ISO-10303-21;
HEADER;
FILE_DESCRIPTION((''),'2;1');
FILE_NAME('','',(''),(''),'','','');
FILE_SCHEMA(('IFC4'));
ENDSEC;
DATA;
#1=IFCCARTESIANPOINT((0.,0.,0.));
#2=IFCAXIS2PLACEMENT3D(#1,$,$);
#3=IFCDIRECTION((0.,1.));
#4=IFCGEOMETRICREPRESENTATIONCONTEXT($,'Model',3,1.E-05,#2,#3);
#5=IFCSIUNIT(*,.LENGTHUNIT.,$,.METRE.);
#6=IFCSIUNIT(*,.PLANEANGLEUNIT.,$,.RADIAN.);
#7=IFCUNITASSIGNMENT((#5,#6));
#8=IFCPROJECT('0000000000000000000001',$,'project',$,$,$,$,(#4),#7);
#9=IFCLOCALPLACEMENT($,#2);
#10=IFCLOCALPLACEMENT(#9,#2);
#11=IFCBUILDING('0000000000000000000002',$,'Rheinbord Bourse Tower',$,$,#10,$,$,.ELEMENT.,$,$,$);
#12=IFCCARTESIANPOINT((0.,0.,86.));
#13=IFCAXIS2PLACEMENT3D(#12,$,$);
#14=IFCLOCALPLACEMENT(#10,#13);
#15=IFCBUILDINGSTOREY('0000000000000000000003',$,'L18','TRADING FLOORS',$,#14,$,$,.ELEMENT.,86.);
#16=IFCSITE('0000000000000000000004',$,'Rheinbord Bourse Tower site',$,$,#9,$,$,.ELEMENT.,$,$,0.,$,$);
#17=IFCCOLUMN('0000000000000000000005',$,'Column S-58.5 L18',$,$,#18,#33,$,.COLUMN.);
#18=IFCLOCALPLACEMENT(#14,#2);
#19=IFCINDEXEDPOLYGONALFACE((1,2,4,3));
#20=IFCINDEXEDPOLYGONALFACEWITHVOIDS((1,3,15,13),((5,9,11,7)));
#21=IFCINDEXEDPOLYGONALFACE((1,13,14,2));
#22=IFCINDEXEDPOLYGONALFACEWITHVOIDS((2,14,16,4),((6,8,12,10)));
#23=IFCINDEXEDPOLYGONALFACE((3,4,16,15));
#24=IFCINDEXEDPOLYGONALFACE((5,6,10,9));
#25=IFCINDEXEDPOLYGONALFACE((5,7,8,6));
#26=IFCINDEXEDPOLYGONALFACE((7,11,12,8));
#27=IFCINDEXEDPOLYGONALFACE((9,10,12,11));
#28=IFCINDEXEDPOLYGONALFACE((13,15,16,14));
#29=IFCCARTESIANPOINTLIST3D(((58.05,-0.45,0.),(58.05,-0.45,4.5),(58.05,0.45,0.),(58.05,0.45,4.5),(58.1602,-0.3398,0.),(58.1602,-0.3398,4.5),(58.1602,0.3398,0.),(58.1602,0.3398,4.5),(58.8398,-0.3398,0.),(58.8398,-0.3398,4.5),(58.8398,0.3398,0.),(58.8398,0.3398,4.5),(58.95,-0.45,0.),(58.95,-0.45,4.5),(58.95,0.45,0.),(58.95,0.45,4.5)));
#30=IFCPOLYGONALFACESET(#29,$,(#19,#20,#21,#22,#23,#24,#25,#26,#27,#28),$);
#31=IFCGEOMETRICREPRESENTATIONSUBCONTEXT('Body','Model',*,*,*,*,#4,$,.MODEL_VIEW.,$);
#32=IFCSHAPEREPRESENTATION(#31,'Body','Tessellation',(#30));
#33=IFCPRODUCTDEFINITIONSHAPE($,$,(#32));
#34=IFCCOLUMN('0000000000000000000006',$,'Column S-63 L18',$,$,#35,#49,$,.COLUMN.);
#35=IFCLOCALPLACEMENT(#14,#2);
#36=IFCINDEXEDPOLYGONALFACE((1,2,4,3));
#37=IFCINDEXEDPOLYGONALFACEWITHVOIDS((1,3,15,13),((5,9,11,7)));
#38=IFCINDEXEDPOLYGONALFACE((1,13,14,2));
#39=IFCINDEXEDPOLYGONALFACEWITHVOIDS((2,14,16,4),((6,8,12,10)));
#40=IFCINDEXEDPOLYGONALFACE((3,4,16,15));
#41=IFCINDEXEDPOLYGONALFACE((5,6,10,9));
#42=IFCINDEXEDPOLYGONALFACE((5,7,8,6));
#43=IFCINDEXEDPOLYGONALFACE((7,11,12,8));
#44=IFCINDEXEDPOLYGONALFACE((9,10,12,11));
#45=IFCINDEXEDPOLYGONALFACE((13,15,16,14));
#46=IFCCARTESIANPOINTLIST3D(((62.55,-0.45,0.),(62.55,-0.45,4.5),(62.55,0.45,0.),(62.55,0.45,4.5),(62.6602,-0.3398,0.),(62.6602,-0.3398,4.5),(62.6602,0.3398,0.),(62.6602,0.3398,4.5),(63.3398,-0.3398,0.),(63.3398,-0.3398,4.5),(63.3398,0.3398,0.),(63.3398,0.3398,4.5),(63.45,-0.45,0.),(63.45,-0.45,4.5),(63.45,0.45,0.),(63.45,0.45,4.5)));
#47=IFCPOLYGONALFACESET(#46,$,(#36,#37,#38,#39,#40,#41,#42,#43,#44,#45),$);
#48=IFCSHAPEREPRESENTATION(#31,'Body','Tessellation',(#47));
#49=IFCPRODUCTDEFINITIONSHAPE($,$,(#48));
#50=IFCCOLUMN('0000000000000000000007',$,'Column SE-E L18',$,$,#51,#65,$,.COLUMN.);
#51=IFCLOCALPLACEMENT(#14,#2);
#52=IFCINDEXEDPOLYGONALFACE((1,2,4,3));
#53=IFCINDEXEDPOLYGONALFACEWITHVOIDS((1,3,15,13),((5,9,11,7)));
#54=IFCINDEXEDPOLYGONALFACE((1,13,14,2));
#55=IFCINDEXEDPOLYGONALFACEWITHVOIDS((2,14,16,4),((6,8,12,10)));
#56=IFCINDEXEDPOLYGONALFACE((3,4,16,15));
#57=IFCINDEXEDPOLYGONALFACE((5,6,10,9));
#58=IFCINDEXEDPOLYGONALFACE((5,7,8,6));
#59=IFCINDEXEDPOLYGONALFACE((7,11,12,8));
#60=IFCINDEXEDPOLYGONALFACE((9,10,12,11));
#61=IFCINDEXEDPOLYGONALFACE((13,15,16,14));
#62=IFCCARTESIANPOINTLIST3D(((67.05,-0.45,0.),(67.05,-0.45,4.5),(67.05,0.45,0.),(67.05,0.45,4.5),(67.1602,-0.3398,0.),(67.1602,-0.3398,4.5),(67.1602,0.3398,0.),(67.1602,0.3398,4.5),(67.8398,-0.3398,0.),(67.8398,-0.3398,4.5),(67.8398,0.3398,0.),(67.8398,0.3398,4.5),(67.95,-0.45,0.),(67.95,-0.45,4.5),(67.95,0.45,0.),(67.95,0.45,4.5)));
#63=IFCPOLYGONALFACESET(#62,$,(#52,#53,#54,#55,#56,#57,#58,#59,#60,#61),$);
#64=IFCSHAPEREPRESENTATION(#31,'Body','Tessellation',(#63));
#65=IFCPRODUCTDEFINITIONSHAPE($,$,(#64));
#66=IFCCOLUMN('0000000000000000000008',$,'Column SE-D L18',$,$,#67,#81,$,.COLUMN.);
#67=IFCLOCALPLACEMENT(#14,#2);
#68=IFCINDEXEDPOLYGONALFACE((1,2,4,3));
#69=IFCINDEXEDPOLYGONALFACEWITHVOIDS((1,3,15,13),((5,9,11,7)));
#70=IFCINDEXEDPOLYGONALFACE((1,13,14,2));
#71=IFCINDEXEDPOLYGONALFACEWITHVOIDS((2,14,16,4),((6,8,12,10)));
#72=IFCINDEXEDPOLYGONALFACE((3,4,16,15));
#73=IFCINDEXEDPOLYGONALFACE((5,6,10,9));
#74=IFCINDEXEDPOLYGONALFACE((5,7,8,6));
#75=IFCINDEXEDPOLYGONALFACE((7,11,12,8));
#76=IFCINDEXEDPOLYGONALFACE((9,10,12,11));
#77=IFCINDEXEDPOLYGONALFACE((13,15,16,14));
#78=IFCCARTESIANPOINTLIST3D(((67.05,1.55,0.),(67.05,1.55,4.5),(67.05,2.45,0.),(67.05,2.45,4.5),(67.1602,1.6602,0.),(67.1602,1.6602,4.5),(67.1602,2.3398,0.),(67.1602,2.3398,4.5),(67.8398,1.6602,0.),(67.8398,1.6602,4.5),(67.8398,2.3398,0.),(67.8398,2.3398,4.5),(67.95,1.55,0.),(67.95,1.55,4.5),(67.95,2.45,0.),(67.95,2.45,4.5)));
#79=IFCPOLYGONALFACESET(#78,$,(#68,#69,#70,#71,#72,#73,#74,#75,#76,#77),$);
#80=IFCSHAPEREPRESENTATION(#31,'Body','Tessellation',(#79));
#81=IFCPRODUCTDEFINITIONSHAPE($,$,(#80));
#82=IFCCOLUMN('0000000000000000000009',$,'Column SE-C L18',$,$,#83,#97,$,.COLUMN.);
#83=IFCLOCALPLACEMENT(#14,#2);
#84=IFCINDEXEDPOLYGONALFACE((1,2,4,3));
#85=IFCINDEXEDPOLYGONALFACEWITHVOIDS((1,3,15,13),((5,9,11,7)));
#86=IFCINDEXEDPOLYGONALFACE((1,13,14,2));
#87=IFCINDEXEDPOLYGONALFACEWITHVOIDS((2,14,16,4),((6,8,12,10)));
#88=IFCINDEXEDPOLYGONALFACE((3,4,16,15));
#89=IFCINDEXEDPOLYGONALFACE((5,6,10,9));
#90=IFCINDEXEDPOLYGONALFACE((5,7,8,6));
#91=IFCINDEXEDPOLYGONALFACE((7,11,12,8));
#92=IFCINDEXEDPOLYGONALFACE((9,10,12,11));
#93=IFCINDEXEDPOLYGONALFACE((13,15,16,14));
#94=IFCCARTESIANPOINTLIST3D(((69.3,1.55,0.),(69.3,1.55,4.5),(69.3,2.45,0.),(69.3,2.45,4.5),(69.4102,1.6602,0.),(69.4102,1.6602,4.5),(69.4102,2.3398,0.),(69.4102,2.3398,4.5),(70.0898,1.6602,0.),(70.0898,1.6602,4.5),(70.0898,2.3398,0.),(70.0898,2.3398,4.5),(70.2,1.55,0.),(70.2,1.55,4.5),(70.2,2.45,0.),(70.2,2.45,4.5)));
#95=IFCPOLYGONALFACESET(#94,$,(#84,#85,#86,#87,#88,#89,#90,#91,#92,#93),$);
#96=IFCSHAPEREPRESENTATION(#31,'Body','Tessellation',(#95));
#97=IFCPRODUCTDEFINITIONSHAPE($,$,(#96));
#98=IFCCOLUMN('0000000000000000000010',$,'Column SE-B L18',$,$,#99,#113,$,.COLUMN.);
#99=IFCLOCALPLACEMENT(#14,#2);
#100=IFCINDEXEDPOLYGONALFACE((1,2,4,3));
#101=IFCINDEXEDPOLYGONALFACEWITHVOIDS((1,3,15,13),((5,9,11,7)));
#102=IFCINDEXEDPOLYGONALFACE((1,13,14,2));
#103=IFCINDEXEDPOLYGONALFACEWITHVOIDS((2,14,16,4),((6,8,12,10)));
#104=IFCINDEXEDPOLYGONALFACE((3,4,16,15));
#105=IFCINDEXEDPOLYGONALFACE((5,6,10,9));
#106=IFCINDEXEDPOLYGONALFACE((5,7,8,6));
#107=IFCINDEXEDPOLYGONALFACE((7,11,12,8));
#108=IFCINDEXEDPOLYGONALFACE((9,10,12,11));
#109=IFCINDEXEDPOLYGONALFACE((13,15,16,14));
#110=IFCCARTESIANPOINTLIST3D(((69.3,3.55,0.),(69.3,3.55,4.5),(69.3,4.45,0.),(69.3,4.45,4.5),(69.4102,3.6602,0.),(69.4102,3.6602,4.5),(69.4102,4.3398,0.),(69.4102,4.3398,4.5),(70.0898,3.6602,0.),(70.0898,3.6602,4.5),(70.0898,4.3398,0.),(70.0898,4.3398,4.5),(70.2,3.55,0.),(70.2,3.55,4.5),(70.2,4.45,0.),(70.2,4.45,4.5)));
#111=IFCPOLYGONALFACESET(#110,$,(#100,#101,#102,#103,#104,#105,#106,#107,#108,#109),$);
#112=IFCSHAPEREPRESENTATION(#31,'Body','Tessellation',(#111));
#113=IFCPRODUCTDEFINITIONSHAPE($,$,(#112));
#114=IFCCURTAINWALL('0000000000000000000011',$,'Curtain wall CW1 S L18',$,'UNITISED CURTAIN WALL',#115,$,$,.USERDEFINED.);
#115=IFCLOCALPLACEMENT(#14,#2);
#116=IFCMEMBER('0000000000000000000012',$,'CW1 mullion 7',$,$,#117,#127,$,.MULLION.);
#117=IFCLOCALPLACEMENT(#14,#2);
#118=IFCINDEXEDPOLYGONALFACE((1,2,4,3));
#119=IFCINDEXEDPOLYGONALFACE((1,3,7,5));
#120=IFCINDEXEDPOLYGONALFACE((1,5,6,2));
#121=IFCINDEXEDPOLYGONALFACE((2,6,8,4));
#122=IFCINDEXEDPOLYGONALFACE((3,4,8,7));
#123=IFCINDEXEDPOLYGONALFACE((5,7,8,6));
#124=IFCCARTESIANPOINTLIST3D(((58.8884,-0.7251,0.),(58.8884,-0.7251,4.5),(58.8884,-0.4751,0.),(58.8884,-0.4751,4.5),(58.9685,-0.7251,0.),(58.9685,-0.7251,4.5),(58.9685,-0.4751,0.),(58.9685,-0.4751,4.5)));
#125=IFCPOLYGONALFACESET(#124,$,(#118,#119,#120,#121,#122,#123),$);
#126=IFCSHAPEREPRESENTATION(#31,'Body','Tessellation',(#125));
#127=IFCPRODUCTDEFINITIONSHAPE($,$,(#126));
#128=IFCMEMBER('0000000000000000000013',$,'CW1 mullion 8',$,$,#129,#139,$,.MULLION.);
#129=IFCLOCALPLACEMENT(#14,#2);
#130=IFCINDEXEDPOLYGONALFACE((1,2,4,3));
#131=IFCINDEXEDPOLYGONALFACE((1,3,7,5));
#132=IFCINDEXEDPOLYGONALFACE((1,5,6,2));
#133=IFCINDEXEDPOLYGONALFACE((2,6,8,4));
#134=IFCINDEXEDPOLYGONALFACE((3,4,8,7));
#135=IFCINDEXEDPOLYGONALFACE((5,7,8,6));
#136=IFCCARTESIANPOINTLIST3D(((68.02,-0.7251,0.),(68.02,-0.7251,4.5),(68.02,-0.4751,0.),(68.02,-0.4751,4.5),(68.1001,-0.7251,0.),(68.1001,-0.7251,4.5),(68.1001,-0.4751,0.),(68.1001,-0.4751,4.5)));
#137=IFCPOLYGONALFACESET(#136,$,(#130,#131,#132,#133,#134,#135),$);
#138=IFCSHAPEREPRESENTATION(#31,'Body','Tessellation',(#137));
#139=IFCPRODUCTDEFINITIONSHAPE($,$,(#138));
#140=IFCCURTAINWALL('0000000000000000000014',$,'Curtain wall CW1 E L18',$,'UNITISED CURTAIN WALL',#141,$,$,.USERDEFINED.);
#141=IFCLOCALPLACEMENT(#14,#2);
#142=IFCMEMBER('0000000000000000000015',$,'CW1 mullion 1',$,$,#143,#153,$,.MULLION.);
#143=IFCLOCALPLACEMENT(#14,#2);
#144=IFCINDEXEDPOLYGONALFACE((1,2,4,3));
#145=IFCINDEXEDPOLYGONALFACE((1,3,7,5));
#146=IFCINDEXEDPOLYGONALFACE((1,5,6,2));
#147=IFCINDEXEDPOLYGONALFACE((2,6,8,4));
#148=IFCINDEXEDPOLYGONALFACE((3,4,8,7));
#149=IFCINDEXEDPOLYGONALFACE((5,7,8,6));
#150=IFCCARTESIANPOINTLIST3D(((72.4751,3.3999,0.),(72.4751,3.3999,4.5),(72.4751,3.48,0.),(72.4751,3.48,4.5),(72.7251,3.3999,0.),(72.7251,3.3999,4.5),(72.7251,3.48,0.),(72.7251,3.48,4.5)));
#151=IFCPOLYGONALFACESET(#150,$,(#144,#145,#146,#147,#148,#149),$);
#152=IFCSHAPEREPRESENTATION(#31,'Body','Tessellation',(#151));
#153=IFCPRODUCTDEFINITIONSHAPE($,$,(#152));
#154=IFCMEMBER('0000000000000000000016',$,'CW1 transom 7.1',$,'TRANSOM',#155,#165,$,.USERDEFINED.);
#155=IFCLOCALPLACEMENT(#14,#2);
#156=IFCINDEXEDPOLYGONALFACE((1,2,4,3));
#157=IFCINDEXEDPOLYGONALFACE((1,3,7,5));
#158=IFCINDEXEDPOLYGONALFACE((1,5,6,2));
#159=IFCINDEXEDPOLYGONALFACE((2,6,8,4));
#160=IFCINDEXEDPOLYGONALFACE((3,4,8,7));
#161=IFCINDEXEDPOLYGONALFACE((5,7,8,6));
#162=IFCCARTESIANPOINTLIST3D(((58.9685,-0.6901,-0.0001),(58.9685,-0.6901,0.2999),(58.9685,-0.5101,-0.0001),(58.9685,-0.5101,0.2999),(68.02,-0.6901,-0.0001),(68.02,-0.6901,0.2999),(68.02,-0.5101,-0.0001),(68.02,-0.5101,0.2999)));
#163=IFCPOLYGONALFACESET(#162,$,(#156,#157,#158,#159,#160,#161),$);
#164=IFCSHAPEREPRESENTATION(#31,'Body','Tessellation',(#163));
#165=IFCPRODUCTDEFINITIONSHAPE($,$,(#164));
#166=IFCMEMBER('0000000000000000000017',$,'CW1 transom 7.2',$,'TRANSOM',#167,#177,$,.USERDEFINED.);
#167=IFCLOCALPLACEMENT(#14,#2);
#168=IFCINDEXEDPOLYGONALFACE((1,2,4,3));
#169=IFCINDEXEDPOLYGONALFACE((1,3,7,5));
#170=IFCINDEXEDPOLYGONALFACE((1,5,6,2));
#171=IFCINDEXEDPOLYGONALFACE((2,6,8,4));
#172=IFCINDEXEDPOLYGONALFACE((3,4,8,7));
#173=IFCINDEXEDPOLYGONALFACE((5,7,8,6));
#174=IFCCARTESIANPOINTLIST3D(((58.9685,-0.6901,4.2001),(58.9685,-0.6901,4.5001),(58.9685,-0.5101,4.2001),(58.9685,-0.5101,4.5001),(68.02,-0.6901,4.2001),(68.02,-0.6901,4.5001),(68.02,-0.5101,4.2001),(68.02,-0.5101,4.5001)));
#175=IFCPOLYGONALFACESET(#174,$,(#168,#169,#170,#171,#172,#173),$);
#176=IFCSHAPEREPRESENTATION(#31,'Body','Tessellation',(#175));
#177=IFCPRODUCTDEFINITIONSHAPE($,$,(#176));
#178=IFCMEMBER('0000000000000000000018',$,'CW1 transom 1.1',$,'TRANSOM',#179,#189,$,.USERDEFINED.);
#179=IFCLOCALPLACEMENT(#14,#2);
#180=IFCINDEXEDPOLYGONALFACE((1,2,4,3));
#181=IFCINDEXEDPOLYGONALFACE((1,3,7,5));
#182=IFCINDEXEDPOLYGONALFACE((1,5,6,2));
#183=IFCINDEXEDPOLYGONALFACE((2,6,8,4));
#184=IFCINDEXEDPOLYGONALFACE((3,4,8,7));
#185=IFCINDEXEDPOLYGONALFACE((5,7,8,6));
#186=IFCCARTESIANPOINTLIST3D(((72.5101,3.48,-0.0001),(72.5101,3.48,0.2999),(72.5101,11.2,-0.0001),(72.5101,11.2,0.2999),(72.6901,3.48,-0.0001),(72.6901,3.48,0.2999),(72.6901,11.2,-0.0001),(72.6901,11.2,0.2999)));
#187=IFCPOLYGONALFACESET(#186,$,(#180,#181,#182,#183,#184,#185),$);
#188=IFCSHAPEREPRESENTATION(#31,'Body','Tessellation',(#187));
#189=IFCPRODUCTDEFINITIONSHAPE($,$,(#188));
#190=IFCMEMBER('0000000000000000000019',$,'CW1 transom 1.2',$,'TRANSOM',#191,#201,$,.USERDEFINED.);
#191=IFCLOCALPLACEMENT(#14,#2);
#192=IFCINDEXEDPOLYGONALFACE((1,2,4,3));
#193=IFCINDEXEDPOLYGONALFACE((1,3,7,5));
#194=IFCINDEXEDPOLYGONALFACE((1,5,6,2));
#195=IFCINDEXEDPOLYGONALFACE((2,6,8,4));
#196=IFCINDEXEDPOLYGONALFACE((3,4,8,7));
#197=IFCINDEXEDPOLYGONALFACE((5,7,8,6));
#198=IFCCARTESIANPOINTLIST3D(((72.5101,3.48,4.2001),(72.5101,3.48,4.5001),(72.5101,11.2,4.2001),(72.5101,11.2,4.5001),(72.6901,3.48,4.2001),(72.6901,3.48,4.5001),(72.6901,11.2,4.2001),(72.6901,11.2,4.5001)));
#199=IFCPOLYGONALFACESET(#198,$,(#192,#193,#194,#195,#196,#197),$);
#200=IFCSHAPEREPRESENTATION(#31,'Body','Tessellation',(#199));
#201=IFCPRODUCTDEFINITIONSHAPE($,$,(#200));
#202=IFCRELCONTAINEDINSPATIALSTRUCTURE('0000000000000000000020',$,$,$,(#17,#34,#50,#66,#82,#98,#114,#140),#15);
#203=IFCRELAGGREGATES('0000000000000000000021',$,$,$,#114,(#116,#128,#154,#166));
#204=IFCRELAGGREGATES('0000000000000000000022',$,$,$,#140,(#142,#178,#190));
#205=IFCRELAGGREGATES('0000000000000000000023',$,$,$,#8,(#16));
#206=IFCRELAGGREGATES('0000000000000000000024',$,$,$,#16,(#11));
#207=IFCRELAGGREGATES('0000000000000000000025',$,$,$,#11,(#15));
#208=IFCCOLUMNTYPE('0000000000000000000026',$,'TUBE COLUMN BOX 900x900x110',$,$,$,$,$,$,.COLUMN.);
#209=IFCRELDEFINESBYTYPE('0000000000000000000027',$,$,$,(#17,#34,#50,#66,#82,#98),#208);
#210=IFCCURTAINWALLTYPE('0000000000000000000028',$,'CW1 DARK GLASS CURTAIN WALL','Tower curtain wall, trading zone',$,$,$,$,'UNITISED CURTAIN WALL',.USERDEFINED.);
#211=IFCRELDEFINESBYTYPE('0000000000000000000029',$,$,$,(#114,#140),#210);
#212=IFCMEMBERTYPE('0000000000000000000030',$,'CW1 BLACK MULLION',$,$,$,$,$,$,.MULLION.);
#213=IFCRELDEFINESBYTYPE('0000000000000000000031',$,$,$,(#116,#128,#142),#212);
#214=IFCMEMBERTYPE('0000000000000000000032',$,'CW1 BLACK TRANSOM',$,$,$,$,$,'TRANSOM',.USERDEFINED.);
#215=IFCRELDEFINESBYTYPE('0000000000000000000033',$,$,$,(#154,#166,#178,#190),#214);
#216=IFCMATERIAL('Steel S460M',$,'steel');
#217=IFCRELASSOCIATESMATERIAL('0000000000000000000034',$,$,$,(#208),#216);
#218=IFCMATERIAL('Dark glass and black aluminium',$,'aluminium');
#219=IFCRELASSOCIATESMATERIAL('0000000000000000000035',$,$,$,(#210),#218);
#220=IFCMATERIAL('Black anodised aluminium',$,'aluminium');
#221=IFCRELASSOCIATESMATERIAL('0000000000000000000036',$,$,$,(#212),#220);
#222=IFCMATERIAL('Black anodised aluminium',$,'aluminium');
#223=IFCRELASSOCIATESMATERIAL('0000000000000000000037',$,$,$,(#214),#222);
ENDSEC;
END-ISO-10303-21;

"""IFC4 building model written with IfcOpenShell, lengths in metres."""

from ifc_helpers import new_model, si_unit, direction, frame, origin, origin_2d, place, context, subcontext, project, spatial, rectangle, hollow_rectangle, extrude, material, material_profile, profile_set, type_object, element, aggregate, save


model = new_model("IFC4")

# Units and contexts
model_context = context("Model", 3, precision=1e-05, world=origin(), true_north=direction((0.0, 1.0)))
body_context = subcontext(model_context, "Body", "Model", "MODEL_VIEW")
ifc_project = project(units=[si_unit("LENGTHUNIT", "METRE"), si_unit("PLANEANGLEUNIT", "RADIAN")], contexts=[model_context])

# Site, building, storey
site_placement = place(None, origin())
site = spatial("IfcSite", under=ifc_project, at=site_placement, Name="Rheinbord Bourse Tower site", CompositionType="ELEMENT", RefElevation=0.0)
building_placement = place(site_placement, origin())
building = spatial("IfcBuilding", under=site, at=building_placement, Name="Rheinbord Bourse Tower", CompositionType="ELEMENT")
storey_placement = place(building_placement, frame((0.0, 0.0, 86.0)))
storey = spatial("IfcBuildingStorey", under=building, at=storey_placement, Name="L18", Description="TRADING FLOORS", CompositionType="ELEMENT", Elevation=86.0)

# Columns
ifc_material_1 = material(Name="Steel S460M", Category="steel")
ifc_material_profile_1 = material_profile(ifc_material_1, hollow_rectangle(XDim=0.8999, YDim=0.8999, WallThickness=0.1101, at=origin_2d()), Name="BOX 900x900x110")
ifc_profile_set_1 = profile_set([ifc_material_profile_1], Name="Steel S460M")
column_type = type_object("IfcColumnType", Name="TUBE COLUMN BOX 900x900x110", PredefinedType="COLUMN", material=ifc_profile_set_1)
for number, where, z_axis, x_axis, name in (
    (1, (58.5, 0.0, 0.0), (0.0, 0.0, 1.0), (0.0, 1.0, 0.0), "Column S-58.5 L18"),
    (2, (63.0, 0.0, 0.0), (0.0, 0.0, 1.0), (0.0, 1.0, 0.0), "Column S-63 L18"),
    (3, (67.5, 0.0, 0.0), (0.0, 0.0, 1.0), (0.0, 1.0, 0.0), "Column SE-E L18"),
    (4, (67.5, 2.0, 0.0), (0.0, 0.0, 1.0), (0.0, 1.0, 0.0), "Column SE-D L18"),
    (5, (69.75, 2.0, 0.0), (0.0, 0.0, 1.0), (1.0, 0.0, 0.0), "Column SE-C L18"),
    (6, (69.75, 4.0, 0.0), (0.0, 0.0, 1.0), (1.0, 0.0, 0.0), "Column SE-B L18"),
):
    element("IfcColumn", number, at=place(storey_placement, frame(where, z_axis=z_axis, x_axis=x_axis)), inside=storey, type_object=column_type, Name=name, PredefinedType="COLUMN", context=body_context, shape_type="SweptSolid", body=[
        extrude(hollow_rectangle(XDim=0.8999, YDim=0.8999, WallThickness=0.1101, at=origin_2d()), origin(), (0.0, 0.0, 1.0), 4.5),
    ])

# Curtain wall, members
ifc_material_2 = material(Name="Dark glass and black aluminium", Category="aluminium")
curtain_wall_type = type_object("IfcCurtainWallType", Name="CW1 DARK GLASS CURTAIN WALL", Description="Tower curtain wall, trading zone", ElementType="UNITISED CURTAIN WALL", PredefinedType="USERDEFINED", material=ifc_material_2)
curtain_wall_1_placement = place(storey_placement, origin())
curtain_wall_1 = element("IfcCurtainWall", 7, at=curtain_wall_1_placement, inside=storey, type_object=curtain_wall_type, Name="Curtain wall CW1 S L18", ObjectType="UNITISED CURTAIN WALL", PredefinedType="USERDEFINED")
ifc_material_3 = material(Name="Black anodised aluminium", Category="aluminium")
ifc_material_profile_2 = material_profile(ifc_material_3, rectangle(XDim=0.25, YDim=0.0801, at=origin_2d()), Name="CW1 MULLION 80x250")
ifc_profile_set_2 = profile_set([ifc_material_profile_2], Name="Black anodised aluminium")
member_type_1 = type_object("IfcMemberType", Name="CW1 BLACK MULLION", PredefinedType="MULLION", material=ifc_profile_set_2)
member_1_placement = place(storey_placement, frame((58.9285, -0.6001, 0.0), z_axis=(0.0, 0.0, 1.0), x_axis=(0.0, 1.0, 0.0)))
member_1 = element("IfcMember", 8, at=member_1_placement, type_object=member_type_1, Name="CW1 mullion 7", PredefinedType="MULLION", context=body_context, shape_type="SweptSolid", body=[
    extrude(rectangle(XDim=0.25, YDim=0.0801, at=origin_2d()), origin(), (0.0, 0.0, 1.0), 4.5),
])
member_2_placement = place(storey_placement, frame((68.0601, -0.6001, 0.0), z_axis=(0.0, 0.0, 1.0), x_axis=(0.0, 1.0, 0.0)))
member_2 = element("IfcMember", 9, at=member_2_placement, type_object=member_type_1, Name="CW1 mullion 8", PredefinedType="MULLION", context=body_context, shape_type="SweptSolid", body=[
    extrude(rectangle(XDim=0.25, YDim=0.0801, at=origin_2d()), origin(), (0.0, 0.0, 1.0), 4.5),
])

# Curtain wall, member
curtain_wall_2_placement = place(storey_placement, origin())
curtain_wall_2 = element("IfcCurtainWall", 10, at=curtain_wall_2_placement, inside=storey, type_object=curtain_wall_type, Name="Curtain wall CW1 E L18", ObjectType="UNITISED CURTAIN WALL", PredefinedType="USERDEFINED")
member_3_placement = place(storey_placement, frame((72.6001, 3.4399, 0.0), z_axis=(0.0, 0.0, 1.0), x_axis=(-1.0, 0.0, 0.0)))
member_3 = element("IfcMember", 11, at=member_3_placement, type_object=member_type_1, Name="CW1 mullion 1", PredefinedType="MULLION", context=body_context, shape_type="SweptSolid", body=[
    extrude(rectangle(XDim=0.25, YDim=0.0801, at=origin_2d()), origin(), (0.0, 0.0, 1.0), 4.5),
])

# Members
ifc_material_4 = material(Name="Black anodised aluminium", Category="aluminium")
ifc_material_profile_3 = material_profile(ifc_material_4, rectangle(XDim=0.1799, YDim=0.3, at=origin_2d()), Name="CW1 TRANSOM 300x180")
ifc_profile_set_3 = profile_set([ifc_material_profile_3], Name="Black anodised aluminium")
member_type_2 = type_object("IfcMemberType", Name="CW1 BLACK TRANSOM", ElementType="TRANSOM", PredefinedType="USERDEFINED", material=ifc_profile_set_3)
member_4_placement = place(storey_placement, frame((58.9685, -0.6001, 0.1499), z_axis=(1.0, 0.0, 0.0), x_axis=(0.0, 1.0, 0.0)))
member_4 = element("IfcMember", 12, at=member_4_placement, type_object=member_type_2, Name="CW1 transom 7.1", ObjectType="TRANSOM", PredefinedType="USERDEFINED", context=body_context, shape_type="SweptSolid", body=[
    extrude(rectangle(XDim=0.1799, YDim=0.3, at=origin_2d()), origin(), (0.0, 0.0, 1.0), 9.0515),
])
member_5_placement = place(storey_placement, frame((58.9685, -0.6001, 4.3501), z_axis=(1.0, 0.0, 0.0), x_axis=(0.0, 1.0, 0.0)))
member_5 = element("IfcMember", 13, at=member_5_placement, type_object=member_type_2, Name="CW1 transom 7.2", ObjectType="TRANSOM", PredefinedType="USERDEFINED", context=body_context, shape_type="SweptSolid", body=[
    extrude(rectangle(XDim=0.1799, YDim=0.3, at=origin_2d()), origin(), (0.0, 0.0, 1.0), 9.0515),
])
member_6_placement = place(storey_placement, frame((72.6001, 3.48, 0.1499), z_axis=(0.0, 1.0, 0.0), x_axis=(-1.0, 0.0, 0.0)))
member_6 = element("IfcMember", 14, at=member_6_placement, type_object=member_type_2, Name="CW1 transom 1.1", ObjectType="TRANSOM", PredefinedType="USERDEFINED", context=body_context, shape_type="SweptSolid", body=[
    extrude(rectangle(XDim=0.1799, YDim=0.3, at=origin_2d()), origin(), (0.0, 0.0, 1.0), 7.72),
])
member_7_placement = place(storey_placement, frame((72.6001, 3.48, 4.3501), z_axis=(0.0, 1.0, 0.0), x_axis=(-1.0, 0.0, 0.0)))
member_7 = element("IfcMember", 15, at=member_7_placement, type_object=member_type_2, Name="CW1 transom 1.2", ObjectType="TRANSOM", PredefinedType="USERDEFINED", context=body_context, shape_type="SweptSolid", body=[
    extrude(rectangle(XDim=0.1799, YDim=0.3, at=origin_2d()), origin(), (0.0, 0.0, 1.0), 7.72),
])

aggregate(curtain_wall_1, [member_1, member_2, member_4, member_5])
aggregate(curtain_wall_2, [member_3, member_6, member_7])

save(model, "model.ifc")
